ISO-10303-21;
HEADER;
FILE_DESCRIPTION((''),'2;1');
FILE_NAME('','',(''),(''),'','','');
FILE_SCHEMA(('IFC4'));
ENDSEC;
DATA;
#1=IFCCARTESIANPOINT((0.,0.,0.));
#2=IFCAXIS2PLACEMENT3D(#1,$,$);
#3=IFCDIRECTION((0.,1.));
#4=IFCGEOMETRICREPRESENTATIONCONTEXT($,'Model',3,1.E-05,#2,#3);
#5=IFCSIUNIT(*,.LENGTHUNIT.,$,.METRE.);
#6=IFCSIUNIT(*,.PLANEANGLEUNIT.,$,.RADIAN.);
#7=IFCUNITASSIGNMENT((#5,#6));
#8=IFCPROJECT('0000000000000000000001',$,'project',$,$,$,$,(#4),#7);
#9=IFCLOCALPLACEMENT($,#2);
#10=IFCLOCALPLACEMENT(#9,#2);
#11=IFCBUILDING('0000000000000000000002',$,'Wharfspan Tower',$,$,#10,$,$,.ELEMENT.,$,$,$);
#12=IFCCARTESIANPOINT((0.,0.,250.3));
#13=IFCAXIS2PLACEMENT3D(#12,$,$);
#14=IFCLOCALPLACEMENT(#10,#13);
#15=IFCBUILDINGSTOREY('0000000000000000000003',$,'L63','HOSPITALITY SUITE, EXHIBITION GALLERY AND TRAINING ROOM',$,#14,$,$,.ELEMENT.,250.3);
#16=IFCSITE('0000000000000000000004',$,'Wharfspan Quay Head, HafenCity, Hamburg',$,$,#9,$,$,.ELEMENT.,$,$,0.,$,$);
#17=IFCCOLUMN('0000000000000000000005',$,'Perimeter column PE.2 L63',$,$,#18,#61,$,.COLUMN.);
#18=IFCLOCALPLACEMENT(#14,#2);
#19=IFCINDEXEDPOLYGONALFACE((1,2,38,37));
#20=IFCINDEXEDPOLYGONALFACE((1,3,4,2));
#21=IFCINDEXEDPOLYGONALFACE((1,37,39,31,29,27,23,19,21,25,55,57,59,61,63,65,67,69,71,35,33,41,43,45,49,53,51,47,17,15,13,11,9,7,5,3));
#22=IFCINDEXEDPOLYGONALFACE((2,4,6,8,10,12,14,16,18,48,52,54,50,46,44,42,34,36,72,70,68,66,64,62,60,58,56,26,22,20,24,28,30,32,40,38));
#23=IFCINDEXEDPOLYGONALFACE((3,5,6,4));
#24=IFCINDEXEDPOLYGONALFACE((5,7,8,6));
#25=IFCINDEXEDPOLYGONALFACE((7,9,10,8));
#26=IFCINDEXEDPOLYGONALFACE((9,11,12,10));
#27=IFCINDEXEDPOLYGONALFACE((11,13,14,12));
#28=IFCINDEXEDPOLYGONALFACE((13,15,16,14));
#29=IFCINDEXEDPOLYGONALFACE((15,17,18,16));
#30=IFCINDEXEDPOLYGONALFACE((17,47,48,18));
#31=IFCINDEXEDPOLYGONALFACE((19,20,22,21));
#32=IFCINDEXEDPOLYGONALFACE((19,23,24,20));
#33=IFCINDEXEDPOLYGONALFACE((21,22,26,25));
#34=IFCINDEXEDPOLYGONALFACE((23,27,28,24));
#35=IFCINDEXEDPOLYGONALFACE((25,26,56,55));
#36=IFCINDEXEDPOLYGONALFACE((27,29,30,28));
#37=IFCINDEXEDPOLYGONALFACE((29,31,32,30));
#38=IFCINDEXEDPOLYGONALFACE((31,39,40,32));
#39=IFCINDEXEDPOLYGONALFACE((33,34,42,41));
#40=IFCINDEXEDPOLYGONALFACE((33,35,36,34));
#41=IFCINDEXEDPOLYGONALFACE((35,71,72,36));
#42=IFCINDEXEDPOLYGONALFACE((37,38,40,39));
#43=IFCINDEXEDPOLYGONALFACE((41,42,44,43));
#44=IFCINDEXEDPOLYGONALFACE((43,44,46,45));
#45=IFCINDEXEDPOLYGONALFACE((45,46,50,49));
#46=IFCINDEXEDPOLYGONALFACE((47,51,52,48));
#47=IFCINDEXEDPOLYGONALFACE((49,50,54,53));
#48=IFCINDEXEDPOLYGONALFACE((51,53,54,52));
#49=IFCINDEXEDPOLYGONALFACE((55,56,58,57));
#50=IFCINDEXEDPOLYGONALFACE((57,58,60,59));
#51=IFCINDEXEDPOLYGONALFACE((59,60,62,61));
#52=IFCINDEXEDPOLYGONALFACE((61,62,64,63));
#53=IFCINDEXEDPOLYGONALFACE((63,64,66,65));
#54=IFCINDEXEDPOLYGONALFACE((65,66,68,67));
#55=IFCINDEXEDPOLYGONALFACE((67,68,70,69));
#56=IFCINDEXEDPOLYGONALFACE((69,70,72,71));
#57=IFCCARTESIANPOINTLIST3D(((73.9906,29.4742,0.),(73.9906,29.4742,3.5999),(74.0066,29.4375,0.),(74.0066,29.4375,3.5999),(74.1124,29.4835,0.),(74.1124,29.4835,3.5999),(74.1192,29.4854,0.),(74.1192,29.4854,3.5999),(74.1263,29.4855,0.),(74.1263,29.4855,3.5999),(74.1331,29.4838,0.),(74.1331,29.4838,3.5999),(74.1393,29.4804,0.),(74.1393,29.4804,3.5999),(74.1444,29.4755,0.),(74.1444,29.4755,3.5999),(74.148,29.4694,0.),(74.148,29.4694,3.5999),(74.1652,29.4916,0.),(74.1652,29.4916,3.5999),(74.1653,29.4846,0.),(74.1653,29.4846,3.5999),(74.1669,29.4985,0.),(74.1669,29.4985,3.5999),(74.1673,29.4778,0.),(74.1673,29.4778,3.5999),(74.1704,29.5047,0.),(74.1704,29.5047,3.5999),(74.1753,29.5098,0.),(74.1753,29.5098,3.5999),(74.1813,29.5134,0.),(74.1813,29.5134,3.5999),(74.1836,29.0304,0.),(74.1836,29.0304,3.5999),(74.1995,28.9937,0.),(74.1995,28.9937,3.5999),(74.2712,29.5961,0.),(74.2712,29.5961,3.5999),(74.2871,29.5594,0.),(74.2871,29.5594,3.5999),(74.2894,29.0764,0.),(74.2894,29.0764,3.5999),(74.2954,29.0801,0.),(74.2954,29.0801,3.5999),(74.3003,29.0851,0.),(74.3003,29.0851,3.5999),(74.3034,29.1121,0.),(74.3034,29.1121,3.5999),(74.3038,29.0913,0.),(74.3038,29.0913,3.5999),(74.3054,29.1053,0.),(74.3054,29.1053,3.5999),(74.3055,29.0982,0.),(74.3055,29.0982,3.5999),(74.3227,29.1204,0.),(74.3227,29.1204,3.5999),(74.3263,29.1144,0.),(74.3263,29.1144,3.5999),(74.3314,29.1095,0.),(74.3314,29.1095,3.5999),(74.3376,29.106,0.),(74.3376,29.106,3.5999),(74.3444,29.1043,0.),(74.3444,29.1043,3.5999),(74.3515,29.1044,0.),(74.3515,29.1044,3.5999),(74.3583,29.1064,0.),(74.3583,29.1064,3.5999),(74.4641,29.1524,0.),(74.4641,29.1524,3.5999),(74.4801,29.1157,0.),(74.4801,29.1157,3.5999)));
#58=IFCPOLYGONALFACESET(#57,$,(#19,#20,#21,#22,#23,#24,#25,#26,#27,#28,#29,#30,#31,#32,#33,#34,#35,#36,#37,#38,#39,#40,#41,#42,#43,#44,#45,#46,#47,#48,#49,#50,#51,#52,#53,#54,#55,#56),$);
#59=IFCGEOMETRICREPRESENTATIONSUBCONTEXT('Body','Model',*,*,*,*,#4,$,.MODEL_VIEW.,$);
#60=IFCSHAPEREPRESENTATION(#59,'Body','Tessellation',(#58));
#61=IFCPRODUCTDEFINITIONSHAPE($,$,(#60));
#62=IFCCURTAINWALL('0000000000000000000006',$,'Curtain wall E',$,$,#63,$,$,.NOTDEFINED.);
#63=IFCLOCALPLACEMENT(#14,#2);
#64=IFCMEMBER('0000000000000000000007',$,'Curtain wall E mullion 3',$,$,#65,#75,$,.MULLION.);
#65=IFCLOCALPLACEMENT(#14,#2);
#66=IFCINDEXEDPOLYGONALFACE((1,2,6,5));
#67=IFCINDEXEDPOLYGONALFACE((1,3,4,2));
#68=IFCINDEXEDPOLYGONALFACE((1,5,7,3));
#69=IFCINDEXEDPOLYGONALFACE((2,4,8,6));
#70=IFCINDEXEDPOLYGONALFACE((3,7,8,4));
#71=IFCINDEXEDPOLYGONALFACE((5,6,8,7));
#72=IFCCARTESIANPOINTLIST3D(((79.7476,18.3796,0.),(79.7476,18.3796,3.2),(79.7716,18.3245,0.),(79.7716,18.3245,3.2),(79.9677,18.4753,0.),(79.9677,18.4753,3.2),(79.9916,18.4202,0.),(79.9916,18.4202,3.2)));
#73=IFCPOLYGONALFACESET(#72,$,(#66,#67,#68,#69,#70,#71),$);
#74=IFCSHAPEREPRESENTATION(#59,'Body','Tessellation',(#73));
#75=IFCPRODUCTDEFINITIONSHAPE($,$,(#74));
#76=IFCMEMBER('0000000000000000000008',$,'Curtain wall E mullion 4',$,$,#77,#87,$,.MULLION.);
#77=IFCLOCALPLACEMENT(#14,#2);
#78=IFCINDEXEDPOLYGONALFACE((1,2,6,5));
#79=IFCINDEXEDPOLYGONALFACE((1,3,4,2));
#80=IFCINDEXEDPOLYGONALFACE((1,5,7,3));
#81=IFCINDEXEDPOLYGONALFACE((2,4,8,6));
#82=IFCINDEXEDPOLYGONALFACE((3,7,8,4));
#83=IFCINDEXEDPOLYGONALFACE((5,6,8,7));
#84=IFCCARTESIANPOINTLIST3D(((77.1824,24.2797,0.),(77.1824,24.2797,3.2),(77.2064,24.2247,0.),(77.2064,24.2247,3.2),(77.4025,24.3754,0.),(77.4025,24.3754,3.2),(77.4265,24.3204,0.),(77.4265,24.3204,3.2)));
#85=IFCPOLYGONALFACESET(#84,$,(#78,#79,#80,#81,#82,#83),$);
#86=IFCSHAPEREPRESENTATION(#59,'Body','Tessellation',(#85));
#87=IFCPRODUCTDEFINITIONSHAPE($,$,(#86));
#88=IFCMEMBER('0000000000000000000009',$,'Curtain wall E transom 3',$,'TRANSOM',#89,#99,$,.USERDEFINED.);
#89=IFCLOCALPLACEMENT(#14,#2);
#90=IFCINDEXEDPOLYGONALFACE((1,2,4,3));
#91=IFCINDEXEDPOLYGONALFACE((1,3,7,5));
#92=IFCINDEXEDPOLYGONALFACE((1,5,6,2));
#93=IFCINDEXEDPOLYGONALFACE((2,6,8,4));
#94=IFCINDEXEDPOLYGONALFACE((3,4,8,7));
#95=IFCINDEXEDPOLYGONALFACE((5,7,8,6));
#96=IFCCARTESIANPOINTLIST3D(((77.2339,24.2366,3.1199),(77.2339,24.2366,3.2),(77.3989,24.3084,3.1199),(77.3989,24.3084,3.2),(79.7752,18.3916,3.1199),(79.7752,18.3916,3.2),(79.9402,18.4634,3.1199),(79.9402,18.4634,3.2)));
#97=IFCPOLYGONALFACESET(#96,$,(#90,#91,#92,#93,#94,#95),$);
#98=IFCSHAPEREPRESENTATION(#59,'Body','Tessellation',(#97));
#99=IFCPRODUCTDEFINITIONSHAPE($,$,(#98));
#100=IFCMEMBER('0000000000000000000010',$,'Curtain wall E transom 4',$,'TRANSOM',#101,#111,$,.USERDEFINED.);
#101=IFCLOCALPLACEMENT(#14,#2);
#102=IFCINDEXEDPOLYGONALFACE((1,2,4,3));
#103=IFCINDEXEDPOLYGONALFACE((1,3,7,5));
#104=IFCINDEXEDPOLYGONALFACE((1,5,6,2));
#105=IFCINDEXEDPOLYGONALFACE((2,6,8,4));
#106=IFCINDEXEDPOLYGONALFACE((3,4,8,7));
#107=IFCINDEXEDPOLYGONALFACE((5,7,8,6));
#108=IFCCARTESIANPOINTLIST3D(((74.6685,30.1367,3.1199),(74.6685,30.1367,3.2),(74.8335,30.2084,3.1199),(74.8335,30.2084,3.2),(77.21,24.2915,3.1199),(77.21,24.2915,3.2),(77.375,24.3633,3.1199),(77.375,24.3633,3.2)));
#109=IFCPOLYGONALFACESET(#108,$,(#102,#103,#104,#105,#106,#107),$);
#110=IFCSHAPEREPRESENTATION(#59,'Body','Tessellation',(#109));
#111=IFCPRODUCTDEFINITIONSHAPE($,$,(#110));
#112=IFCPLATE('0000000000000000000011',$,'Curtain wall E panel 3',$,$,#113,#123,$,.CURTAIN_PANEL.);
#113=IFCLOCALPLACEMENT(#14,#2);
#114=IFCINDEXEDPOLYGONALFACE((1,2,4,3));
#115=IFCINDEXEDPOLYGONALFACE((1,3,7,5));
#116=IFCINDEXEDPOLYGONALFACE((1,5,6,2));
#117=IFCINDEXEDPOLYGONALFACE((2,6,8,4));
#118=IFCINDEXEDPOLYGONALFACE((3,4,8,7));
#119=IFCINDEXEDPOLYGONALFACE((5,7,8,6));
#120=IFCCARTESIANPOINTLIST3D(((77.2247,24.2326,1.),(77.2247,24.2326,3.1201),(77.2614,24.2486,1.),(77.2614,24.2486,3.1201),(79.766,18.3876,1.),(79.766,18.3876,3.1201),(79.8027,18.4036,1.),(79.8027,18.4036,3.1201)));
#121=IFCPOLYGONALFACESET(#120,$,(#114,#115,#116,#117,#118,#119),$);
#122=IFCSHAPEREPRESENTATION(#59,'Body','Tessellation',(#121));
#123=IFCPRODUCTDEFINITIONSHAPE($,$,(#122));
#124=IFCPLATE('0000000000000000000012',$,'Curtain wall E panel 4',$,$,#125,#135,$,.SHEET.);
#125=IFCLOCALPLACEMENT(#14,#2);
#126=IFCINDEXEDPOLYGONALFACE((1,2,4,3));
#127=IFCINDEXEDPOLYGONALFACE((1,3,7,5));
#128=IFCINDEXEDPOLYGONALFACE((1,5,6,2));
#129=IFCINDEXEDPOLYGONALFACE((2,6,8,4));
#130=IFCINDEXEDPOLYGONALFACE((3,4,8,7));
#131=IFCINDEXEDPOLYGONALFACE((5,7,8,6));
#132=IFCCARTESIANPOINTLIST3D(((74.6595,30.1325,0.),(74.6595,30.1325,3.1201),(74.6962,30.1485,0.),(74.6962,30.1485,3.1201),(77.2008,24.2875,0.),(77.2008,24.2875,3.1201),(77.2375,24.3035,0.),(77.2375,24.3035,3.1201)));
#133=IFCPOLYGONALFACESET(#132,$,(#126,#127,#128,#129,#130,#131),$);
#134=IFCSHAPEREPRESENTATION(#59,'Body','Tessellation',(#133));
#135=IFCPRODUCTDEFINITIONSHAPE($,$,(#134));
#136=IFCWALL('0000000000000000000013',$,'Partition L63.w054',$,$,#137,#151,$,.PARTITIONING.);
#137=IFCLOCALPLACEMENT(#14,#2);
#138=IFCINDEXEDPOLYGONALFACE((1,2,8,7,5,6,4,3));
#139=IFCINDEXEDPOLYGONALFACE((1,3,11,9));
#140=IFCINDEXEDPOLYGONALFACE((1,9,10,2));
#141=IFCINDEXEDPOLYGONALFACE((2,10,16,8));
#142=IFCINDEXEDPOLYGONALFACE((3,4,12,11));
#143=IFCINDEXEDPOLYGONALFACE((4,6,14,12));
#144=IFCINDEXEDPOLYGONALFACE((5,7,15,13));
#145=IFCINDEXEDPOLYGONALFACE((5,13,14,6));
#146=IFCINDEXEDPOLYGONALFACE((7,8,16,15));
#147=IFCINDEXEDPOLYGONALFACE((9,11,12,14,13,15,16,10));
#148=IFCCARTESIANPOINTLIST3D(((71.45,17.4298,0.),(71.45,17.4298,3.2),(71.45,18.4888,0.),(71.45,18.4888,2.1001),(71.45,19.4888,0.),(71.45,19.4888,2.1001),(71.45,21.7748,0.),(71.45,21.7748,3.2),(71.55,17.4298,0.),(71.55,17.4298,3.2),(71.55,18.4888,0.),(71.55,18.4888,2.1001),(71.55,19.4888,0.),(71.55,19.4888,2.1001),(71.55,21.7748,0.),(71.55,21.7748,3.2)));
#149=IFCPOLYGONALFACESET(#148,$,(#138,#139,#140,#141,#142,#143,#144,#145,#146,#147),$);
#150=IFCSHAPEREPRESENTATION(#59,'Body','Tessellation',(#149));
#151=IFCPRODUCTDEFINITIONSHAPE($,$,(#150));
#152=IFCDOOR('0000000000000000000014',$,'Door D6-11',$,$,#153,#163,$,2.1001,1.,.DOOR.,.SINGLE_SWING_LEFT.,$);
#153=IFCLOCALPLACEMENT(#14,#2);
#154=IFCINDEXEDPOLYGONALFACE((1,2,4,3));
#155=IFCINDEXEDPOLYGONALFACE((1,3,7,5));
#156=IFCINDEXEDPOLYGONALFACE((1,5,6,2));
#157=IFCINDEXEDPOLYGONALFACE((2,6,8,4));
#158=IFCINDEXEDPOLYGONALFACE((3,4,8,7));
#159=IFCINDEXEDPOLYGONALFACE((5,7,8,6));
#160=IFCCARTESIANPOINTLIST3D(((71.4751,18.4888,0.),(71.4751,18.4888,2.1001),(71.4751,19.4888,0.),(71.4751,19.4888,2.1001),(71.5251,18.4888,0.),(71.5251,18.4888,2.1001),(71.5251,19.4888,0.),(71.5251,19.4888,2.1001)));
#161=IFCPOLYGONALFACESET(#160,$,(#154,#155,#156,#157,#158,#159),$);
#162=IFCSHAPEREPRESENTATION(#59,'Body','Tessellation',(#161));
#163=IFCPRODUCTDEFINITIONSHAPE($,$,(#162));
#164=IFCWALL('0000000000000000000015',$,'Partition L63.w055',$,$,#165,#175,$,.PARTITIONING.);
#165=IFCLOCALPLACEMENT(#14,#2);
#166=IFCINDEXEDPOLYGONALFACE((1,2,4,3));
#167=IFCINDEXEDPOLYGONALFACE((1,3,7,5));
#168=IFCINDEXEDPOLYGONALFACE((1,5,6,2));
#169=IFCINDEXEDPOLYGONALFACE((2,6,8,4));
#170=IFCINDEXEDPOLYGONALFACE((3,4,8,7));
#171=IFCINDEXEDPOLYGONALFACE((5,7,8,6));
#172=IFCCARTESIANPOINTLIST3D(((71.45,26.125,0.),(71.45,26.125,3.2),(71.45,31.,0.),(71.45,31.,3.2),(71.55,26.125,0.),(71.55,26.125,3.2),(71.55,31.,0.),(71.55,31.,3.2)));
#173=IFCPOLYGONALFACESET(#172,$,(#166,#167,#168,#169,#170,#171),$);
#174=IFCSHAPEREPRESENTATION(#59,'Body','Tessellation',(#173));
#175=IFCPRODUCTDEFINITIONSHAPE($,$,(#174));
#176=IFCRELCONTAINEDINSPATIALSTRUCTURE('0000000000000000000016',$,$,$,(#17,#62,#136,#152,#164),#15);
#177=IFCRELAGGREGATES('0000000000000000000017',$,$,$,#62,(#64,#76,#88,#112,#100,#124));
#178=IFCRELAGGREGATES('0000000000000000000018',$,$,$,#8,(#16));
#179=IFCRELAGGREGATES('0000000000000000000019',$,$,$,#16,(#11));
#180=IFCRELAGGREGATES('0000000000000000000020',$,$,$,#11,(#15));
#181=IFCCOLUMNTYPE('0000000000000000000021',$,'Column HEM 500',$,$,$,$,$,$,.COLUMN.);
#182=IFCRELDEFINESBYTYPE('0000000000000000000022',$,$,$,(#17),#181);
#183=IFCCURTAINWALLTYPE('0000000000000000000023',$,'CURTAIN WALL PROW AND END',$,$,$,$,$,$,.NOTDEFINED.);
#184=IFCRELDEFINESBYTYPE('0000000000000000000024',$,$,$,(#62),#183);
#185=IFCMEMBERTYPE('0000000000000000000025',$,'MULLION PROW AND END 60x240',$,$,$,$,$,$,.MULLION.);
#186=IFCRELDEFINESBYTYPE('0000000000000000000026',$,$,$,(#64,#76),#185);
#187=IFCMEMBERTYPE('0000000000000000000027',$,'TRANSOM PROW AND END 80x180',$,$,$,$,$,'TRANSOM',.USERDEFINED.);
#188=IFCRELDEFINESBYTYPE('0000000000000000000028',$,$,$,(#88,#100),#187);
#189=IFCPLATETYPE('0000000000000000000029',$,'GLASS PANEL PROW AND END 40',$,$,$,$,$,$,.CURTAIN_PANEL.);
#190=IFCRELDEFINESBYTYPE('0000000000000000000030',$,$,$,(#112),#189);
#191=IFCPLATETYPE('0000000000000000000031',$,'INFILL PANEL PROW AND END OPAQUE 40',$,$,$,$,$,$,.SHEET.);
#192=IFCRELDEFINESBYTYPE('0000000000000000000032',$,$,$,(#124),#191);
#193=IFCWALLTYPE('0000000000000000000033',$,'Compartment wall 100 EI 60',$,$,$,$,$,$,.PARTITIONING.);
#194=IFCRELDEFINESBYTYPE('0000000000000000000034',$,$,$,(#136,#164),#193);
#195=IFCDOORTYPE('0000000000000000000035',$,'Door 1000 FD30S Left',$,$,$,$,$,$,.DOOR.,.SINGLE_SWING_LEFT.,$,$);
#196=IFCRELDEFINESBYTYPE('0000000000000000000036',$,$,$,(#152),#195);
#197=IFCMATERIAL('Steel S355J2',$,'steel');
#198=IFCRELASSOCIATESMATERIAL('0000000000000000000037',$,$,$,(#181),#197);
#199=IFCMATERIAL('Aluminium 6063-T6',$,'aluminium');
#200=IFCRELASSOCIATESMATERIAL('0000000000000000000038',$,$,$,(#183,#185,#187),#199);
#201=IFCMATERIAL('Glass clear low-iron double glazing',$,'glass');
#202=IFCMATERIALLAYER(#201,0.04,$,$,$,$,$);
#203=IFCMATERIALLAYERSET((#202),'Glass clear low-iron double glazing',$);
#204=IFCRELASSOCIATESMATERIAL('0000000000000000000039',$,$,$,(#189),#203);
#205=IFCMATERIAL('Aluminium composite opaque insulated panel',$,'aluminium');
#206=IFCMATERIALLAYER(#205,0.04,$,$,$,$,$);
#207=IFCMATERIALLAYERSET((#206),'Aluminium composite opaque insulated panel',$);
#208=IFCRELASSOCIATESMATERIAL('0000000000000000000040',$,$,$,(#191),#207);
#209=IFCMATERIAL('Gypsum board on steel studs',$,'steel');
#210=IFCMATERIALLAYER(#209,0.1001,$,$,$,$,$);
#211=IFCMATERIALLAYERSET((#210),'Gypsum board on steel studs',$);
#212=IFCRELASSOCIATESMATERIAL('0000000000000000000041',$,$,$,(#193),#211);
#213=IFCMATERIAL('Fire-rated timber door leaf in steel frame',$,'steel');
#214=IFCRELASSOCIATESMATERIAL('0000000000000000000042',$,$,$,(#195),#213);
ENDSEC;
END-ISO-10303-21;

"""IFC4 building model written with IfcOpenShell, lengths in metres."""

from ifc_helpers import new_model, si_unit, direction, frame, frame_2d, origin, origin_2d, place, context, subcontext, project, spatial, rectangle, i_section, extrude, material, layer, layer_set, material_profile, profile_set, type_object, element, fill, aggregate, save


model = new_model("IFC4")

# Units and contexts
model_context = context("Model", 3, precision=1e-05, world=origin(), true_north=direction((0.0, 1.0)))
body_context = subcontext(model_context, "Body", "Model", "MODEL_VIEW")
ifc_project = project(units=[si_unit("LENGTHUNIT", "METRE"), si_unit("PLANEANGLEUNIT", "RADIAN")], contexts=[model_context])

# Site, building, storey
site_placement = place(None, origin())
site = spatial("IfcSite", under=ifc_project, at=site_placement, Name="Wharfspan Quay Head, HafenCity, Hamburg", CompositionType="ELEMENT", RefElevation=0.0)
building_placement = place(site_placement, origin())
building = spatial("IfcBuilding", under=site, at=building_placement, Name="Wharfspan Tower", CompositionType="ELEMENT")
storey_placement = place(building_placement, frame((0.0, 0.0, 250.3)))
storey = spatial("IfcBuildingStorey", under=building, at=storey_placement, Name="L63", Description="HOSPITALITY SUITE, EXHIBITION GALLERY AND TRAINING ROOM", CompositionType="ELEMENT", Elevation=250.3)

# Column
ifc_material_1 = material(Name="Steel S355J2", Category="steel")
ifc_material_profile_1 = material_profile(ifc_material_1, i_section(OverallWidth=0.3059, OverallDepth=0.5239, WebThickness=0.021, FlangeThickness=0.04, FilletRadius=0.0271, at=origin_2d()))
ifc_profile_set_1 = profile_set([ifc_material_profile_1], Name="Steel S355J2")
column_type = type_object("IfcColumnType", Name="Column HEM 500", PredefinedType="COLUMN", material=ifc_profile_set_1)
column_placement = place(storey_placement, frame((74.2354, 29.2949, 0.0), z_axis=(0.0, 0.0, 1.0), x_axis=(0.917072, 0.398727, 0.0)))
element("IfcColumn", 1, at=column_placement, inside=storey, type_object=column_type, Name="Perimeter column PE.2 L63", PredefinedType="COLUMN", context=body_context, shape_type="SweptSolid", body=[
    extrude(i_section(OverallWidth=0.3059, OverallDepth=0.5239, WebThickness=0.021, FlangeThickness=0.04, FilletRadius=0.0271, at=origin_2d()), origin(), (0.0, 0.0, 1.0), 3.5999),
])

# Curtain wall, members, plates
ifc_material_2 = material(Name="Aluminium 6063-T6", Category="aluminium")
curtain_wall_type = type_object("IfcCurtainWallType", Name="CURTAIN WALL PROW AND END", PredefinedType="NOTDEFINED", material=ifc_material_2)
curtain_wall_placement = place(storey_placement, origin())
curtain_wall = element("IfcCurtainWall", 2, at=curtain_wall_placement, inside=storey, type_object=curtain_wall_type, Name="Curtain wall E", PredefinedType="NOTDEFINED")
ifc_material_profile_2 = material_profile(ifc_material_2, rectangle(XDim=0.24, YDim=0.0601, at=origin_2d()))
ifc_profile_set_2 = profile_set([ifc_material_profile_2], Name="Aluminium 6063-T6")
member_type_1 = type_object("IfcMemberType", Name="MULLION PROW AND END 60x240", PredefinedType="MULLION", material=ifc_profile_set_2)
member_1_placement = place(storey_placement, frame((79.8696, 18.3999, 0.0), z_axis=(0.0, 0.0, 1.0), x_axis=(-0.917072, -0.398727, 0.0)))
member_1 = element("IfcMember", 3, at=member_1_placement, type_object=member_type_1, Name="Curtain wall E mullion 3", PredefinedType="MULLION", context=body_context, shape_type="SweptSolid", body=[
    extrude(rectangle(XDim=0.24, YDim=0.0601, at=origin_2d()), origin(), (0.0, 0.0, 1.0), 3.2),
])
member_2_placement = place(storey_placement, frame((77.3044, 24.3, 0.0), z_axis=(0.0, 0.0, 1.0), x_axis=(-0.917072, -0.398727, 0.0)))
member_2 = element("IfcMember", 4, at=member_2_placement, type_object=member_type_1, Name="Curtain wall E mullion 4", PredefinedType="MULLION", context=body_context, shape_type="SweptSolid", body=[
    extrude(rectangle(XDim=0.24, YDim=0.0601, at=origin_2d()), origin(), (0.0, 0.0, 1.0), 3.2),
])
ifc_material_profile_3 = material_profile(ifc_material_2, rectangle(XDim=0.1799, YDim=0.0801, at=origin_2d()))
ifc_profile_set_3 = profile_set([ifc_material_profile_3], Name="Aluminium 6063-T6")
member_type_2 = type_object("IfcMemberType", Name="TRANSOM PROW AND END 80x180", ElementType="TRANSOM", PredefinedType="USERDEFINED", material=ifc_profile_set_3)
member_3_placement = place(storey_placement, frame((79.8577, 18.4275, 3.1599), z_axis=(-0.398722, 0.917072, 0.0), x_axis=(-0.917072, -0.398722, 0.0)))
member_3 = element("IfcMember", 5, at=member_3_placement, type_object=member_type_2, Name="Curtain wall E transom 3", ObjectType="TRANSOM", PredefinedType="USERDEFINED", context=body_context, shape_type="SweptSolid", body=[
    extrude(rectangle(XDim=0.1799, YDim=0.0801, at=origin_2d()), origin(), (0.0, 0.0, 1.0), 6.3735),
])
member_4_placement = place(storey_placement, frame((77.2925, 24.3274, 3.1599), z_axis=(-0.39874, 0.917064, 0.0), x_axis=(-0.917064, -0.39874, 0.0)))
member_4 = element("IfcMember", 6, at=member_4_placement, type_object=member_type_2, Name="Curtain wall E transom 4", ObjectType="TRANSOM", PredefinedType="USERDEFINED", context=body_context, shape_type="SweptSolid", body=[
    extrude(rectangle(XDim=0.1799, YDim=0.0801, at=origin_2d()), origin(), (0.0, 0.0, 1.0), 6.3738),
])
ifc_material_3 = material(Name="Glass clear low-iron double glazing", Category="glass")
ifc_layer_1 = layer(ifc_material_3, 0.04)
ifc_layer_set_1 = layer_set([ifc_layer_1], Name="Glass clear low-iron double glazing")
plate_type_1 = type_object("IfcPlateType", Name="GLASS PANEL PROW AND END 40", PredefinedType="CURTAIN_PANEL", material=ifc_layer_set_1)
plate_1_placement = place(storey_placement, frame((78.5137, 21.3181, 1.0), z_axis=(0.0, 0.0, 1.0), x_axis=(-0.398727, 0.917072, 0.0)))
plate_1 = element("IfcPlate", 7, at=plate_1_placement, type_object=plate_type_1, Name="Curtain wall E panel 3", PredefinedType="CURTAIN_PANEL", context=body_context, shape_type="SweptSolid", body=[
    extrude(rectangle(XDim=6.3735, YDim=0.04, at=origin_2d()), origin(), (0.0, 0.0, 1.0), 2.1201),
])
ifc_material_4 = material(Name="Aluminium composite opaque insulated panel", Category="aluminium")
ifc_layer_2 = layer(ifc_material_4, 0.04)
ifc_layer_set_2 = layer_set([ifc_layer_2], Name="Aluminium composite opaque insulated panel")
plate_type_2 = type_object("IfcPlateType", Name="INFILL PANEL PROW AND END OPAQUE 40", PredefinedType="SHEET", material=ifc_layer_set_2)
plate_2_placement = place(storey_placement, frame((75.9485, 27.218, 0.0), z_axis=(0.0, 0.0, 1.0), x_axis=(-0.398727, 0.917072, 0.0)))
plate_2 = element("IfcPlate", 8, at=plate_2_placement, type_object=plate_type_2, Name="Curtain wall E panel 4", PredefinedType="SHEET", context=body_context, shape_type="SweptSolid", body=[
    extrude(rectangle(XDim=6.3735, YDim=0.04, at=origin_2d()), origin(), (0.0, 0.0, 1.0), 3.1201),
])
aggregate(curtain_wall, [member_1, member_2, member_3, plate_1, member_4, plate_2])

# Wall, opening, door
ifc_material_5 = material(Name="Gypsum board on steel studs", Category="steel")
ifc_layer_3 = layer(ifc_material_5, 0.1001)
ifc_layer_set_3 = layer_set([ifc_layer_3], Name="Gypsum board on steel studs")
wall_type_1 = type_object("IfcWallType", Name="Compartment wall 100 EI 60", PredefinedType="PARTITIONING", material=ifc_layer_set_3)
wall_1_placement = place(storey_placement, frame((71.5, 17.4299, 0.0), z_axis=(0.0, 0.0, 1.0), x_axis=(0.0, 1.0, 0.0)))
wall_1 = element("IfcWall", 9, at=wall_1_placement, inside=storey, type_object=wall_type_1, Name="Partition L63.w054", PredefinedType="PARTITIONING", context=body_context, shape_type="SweptSolid", body=[
    extrude(rectangle(XDim=4.345, YDim=0.1001, at=frame_2d((2.1724, 0.0))), origin(), (0.0, 0.0, 1.0), 3.2),
])
opening_placement = place(wall_1_placement, frame((1.0588, 0.0, 0.0)))
opening = element("IfcOpeningElement", 10, at=opening_placement, cuts=wall_1, PredefinedType="OPENING", context=body_context, shape_type="SweptSolid", body=[
    extrude(rectangle(XDim=1.0, YDim=2.1001, at=frame_2d((0.5, 1.05))), frame((0.0, 0.0601, 0.0), z_axis=(0.0, -1.0, 0.0), x_axis=(1.0, 0.0, 0.0)), (0.0, 0.0, 1.0), 0.1201),
])
ifc_material_6 = material(Name="Fire-rated timber door leaf in steel frame", Category="steel")
door_type = type_object("IfcDoorType", Name="Door 1000 FD30S Left", OperationType="SINGLE_SWING_LEFT", PredefinedType="DOOR", material=ifc_material_6)
door_placement = place(opening_placement, origin())
door = element("IfcDoor", 11, at=door_placement, inside=storey, type_object=door_type, Name="Door D6-11", OperationType="SINGLE_SWING_LEFT", OverallHeight=2.1001, OverallWidth=1.0, PredefinedType="DOOR", context=body_context, shape_type="SweptSolid", body=[
    extrude(rectangle(XDim=1.0, YDim=2.1001, at=frame_2d((0.5, 1.05))), frame((0.0, 0.0249, 0.0), z_axis=(0.0, -1.0, 0.0), x_axis=(1.0, 0.0, 0.0)), (0.0, 0.0, 1.0), 0.05),
])
fill(opening, door)

# Wall
wall_2_placement = place(storey_placement, frame((71.5, 26.125, 0.0), z_axis=(0.0, 0.0, 1.0), x_axis=(0.0, 1.0, 0.0)))
element("IfcWall", 12, at=wall_2_placement, inside=storey, type_object=wall_type_1, Name="Partition L63.w055", PredefinedType="PARTITIONING", context=body_context, shape_type="SweptSolid", body=[
    extrude(rectangle(XDim=4.875, YDim=0.1001, at=frame_2d((2.4375, 0.0))), origin(), (0.0, 0.0, 1.0), 3.2),
])

save(model, "model.ifc")
